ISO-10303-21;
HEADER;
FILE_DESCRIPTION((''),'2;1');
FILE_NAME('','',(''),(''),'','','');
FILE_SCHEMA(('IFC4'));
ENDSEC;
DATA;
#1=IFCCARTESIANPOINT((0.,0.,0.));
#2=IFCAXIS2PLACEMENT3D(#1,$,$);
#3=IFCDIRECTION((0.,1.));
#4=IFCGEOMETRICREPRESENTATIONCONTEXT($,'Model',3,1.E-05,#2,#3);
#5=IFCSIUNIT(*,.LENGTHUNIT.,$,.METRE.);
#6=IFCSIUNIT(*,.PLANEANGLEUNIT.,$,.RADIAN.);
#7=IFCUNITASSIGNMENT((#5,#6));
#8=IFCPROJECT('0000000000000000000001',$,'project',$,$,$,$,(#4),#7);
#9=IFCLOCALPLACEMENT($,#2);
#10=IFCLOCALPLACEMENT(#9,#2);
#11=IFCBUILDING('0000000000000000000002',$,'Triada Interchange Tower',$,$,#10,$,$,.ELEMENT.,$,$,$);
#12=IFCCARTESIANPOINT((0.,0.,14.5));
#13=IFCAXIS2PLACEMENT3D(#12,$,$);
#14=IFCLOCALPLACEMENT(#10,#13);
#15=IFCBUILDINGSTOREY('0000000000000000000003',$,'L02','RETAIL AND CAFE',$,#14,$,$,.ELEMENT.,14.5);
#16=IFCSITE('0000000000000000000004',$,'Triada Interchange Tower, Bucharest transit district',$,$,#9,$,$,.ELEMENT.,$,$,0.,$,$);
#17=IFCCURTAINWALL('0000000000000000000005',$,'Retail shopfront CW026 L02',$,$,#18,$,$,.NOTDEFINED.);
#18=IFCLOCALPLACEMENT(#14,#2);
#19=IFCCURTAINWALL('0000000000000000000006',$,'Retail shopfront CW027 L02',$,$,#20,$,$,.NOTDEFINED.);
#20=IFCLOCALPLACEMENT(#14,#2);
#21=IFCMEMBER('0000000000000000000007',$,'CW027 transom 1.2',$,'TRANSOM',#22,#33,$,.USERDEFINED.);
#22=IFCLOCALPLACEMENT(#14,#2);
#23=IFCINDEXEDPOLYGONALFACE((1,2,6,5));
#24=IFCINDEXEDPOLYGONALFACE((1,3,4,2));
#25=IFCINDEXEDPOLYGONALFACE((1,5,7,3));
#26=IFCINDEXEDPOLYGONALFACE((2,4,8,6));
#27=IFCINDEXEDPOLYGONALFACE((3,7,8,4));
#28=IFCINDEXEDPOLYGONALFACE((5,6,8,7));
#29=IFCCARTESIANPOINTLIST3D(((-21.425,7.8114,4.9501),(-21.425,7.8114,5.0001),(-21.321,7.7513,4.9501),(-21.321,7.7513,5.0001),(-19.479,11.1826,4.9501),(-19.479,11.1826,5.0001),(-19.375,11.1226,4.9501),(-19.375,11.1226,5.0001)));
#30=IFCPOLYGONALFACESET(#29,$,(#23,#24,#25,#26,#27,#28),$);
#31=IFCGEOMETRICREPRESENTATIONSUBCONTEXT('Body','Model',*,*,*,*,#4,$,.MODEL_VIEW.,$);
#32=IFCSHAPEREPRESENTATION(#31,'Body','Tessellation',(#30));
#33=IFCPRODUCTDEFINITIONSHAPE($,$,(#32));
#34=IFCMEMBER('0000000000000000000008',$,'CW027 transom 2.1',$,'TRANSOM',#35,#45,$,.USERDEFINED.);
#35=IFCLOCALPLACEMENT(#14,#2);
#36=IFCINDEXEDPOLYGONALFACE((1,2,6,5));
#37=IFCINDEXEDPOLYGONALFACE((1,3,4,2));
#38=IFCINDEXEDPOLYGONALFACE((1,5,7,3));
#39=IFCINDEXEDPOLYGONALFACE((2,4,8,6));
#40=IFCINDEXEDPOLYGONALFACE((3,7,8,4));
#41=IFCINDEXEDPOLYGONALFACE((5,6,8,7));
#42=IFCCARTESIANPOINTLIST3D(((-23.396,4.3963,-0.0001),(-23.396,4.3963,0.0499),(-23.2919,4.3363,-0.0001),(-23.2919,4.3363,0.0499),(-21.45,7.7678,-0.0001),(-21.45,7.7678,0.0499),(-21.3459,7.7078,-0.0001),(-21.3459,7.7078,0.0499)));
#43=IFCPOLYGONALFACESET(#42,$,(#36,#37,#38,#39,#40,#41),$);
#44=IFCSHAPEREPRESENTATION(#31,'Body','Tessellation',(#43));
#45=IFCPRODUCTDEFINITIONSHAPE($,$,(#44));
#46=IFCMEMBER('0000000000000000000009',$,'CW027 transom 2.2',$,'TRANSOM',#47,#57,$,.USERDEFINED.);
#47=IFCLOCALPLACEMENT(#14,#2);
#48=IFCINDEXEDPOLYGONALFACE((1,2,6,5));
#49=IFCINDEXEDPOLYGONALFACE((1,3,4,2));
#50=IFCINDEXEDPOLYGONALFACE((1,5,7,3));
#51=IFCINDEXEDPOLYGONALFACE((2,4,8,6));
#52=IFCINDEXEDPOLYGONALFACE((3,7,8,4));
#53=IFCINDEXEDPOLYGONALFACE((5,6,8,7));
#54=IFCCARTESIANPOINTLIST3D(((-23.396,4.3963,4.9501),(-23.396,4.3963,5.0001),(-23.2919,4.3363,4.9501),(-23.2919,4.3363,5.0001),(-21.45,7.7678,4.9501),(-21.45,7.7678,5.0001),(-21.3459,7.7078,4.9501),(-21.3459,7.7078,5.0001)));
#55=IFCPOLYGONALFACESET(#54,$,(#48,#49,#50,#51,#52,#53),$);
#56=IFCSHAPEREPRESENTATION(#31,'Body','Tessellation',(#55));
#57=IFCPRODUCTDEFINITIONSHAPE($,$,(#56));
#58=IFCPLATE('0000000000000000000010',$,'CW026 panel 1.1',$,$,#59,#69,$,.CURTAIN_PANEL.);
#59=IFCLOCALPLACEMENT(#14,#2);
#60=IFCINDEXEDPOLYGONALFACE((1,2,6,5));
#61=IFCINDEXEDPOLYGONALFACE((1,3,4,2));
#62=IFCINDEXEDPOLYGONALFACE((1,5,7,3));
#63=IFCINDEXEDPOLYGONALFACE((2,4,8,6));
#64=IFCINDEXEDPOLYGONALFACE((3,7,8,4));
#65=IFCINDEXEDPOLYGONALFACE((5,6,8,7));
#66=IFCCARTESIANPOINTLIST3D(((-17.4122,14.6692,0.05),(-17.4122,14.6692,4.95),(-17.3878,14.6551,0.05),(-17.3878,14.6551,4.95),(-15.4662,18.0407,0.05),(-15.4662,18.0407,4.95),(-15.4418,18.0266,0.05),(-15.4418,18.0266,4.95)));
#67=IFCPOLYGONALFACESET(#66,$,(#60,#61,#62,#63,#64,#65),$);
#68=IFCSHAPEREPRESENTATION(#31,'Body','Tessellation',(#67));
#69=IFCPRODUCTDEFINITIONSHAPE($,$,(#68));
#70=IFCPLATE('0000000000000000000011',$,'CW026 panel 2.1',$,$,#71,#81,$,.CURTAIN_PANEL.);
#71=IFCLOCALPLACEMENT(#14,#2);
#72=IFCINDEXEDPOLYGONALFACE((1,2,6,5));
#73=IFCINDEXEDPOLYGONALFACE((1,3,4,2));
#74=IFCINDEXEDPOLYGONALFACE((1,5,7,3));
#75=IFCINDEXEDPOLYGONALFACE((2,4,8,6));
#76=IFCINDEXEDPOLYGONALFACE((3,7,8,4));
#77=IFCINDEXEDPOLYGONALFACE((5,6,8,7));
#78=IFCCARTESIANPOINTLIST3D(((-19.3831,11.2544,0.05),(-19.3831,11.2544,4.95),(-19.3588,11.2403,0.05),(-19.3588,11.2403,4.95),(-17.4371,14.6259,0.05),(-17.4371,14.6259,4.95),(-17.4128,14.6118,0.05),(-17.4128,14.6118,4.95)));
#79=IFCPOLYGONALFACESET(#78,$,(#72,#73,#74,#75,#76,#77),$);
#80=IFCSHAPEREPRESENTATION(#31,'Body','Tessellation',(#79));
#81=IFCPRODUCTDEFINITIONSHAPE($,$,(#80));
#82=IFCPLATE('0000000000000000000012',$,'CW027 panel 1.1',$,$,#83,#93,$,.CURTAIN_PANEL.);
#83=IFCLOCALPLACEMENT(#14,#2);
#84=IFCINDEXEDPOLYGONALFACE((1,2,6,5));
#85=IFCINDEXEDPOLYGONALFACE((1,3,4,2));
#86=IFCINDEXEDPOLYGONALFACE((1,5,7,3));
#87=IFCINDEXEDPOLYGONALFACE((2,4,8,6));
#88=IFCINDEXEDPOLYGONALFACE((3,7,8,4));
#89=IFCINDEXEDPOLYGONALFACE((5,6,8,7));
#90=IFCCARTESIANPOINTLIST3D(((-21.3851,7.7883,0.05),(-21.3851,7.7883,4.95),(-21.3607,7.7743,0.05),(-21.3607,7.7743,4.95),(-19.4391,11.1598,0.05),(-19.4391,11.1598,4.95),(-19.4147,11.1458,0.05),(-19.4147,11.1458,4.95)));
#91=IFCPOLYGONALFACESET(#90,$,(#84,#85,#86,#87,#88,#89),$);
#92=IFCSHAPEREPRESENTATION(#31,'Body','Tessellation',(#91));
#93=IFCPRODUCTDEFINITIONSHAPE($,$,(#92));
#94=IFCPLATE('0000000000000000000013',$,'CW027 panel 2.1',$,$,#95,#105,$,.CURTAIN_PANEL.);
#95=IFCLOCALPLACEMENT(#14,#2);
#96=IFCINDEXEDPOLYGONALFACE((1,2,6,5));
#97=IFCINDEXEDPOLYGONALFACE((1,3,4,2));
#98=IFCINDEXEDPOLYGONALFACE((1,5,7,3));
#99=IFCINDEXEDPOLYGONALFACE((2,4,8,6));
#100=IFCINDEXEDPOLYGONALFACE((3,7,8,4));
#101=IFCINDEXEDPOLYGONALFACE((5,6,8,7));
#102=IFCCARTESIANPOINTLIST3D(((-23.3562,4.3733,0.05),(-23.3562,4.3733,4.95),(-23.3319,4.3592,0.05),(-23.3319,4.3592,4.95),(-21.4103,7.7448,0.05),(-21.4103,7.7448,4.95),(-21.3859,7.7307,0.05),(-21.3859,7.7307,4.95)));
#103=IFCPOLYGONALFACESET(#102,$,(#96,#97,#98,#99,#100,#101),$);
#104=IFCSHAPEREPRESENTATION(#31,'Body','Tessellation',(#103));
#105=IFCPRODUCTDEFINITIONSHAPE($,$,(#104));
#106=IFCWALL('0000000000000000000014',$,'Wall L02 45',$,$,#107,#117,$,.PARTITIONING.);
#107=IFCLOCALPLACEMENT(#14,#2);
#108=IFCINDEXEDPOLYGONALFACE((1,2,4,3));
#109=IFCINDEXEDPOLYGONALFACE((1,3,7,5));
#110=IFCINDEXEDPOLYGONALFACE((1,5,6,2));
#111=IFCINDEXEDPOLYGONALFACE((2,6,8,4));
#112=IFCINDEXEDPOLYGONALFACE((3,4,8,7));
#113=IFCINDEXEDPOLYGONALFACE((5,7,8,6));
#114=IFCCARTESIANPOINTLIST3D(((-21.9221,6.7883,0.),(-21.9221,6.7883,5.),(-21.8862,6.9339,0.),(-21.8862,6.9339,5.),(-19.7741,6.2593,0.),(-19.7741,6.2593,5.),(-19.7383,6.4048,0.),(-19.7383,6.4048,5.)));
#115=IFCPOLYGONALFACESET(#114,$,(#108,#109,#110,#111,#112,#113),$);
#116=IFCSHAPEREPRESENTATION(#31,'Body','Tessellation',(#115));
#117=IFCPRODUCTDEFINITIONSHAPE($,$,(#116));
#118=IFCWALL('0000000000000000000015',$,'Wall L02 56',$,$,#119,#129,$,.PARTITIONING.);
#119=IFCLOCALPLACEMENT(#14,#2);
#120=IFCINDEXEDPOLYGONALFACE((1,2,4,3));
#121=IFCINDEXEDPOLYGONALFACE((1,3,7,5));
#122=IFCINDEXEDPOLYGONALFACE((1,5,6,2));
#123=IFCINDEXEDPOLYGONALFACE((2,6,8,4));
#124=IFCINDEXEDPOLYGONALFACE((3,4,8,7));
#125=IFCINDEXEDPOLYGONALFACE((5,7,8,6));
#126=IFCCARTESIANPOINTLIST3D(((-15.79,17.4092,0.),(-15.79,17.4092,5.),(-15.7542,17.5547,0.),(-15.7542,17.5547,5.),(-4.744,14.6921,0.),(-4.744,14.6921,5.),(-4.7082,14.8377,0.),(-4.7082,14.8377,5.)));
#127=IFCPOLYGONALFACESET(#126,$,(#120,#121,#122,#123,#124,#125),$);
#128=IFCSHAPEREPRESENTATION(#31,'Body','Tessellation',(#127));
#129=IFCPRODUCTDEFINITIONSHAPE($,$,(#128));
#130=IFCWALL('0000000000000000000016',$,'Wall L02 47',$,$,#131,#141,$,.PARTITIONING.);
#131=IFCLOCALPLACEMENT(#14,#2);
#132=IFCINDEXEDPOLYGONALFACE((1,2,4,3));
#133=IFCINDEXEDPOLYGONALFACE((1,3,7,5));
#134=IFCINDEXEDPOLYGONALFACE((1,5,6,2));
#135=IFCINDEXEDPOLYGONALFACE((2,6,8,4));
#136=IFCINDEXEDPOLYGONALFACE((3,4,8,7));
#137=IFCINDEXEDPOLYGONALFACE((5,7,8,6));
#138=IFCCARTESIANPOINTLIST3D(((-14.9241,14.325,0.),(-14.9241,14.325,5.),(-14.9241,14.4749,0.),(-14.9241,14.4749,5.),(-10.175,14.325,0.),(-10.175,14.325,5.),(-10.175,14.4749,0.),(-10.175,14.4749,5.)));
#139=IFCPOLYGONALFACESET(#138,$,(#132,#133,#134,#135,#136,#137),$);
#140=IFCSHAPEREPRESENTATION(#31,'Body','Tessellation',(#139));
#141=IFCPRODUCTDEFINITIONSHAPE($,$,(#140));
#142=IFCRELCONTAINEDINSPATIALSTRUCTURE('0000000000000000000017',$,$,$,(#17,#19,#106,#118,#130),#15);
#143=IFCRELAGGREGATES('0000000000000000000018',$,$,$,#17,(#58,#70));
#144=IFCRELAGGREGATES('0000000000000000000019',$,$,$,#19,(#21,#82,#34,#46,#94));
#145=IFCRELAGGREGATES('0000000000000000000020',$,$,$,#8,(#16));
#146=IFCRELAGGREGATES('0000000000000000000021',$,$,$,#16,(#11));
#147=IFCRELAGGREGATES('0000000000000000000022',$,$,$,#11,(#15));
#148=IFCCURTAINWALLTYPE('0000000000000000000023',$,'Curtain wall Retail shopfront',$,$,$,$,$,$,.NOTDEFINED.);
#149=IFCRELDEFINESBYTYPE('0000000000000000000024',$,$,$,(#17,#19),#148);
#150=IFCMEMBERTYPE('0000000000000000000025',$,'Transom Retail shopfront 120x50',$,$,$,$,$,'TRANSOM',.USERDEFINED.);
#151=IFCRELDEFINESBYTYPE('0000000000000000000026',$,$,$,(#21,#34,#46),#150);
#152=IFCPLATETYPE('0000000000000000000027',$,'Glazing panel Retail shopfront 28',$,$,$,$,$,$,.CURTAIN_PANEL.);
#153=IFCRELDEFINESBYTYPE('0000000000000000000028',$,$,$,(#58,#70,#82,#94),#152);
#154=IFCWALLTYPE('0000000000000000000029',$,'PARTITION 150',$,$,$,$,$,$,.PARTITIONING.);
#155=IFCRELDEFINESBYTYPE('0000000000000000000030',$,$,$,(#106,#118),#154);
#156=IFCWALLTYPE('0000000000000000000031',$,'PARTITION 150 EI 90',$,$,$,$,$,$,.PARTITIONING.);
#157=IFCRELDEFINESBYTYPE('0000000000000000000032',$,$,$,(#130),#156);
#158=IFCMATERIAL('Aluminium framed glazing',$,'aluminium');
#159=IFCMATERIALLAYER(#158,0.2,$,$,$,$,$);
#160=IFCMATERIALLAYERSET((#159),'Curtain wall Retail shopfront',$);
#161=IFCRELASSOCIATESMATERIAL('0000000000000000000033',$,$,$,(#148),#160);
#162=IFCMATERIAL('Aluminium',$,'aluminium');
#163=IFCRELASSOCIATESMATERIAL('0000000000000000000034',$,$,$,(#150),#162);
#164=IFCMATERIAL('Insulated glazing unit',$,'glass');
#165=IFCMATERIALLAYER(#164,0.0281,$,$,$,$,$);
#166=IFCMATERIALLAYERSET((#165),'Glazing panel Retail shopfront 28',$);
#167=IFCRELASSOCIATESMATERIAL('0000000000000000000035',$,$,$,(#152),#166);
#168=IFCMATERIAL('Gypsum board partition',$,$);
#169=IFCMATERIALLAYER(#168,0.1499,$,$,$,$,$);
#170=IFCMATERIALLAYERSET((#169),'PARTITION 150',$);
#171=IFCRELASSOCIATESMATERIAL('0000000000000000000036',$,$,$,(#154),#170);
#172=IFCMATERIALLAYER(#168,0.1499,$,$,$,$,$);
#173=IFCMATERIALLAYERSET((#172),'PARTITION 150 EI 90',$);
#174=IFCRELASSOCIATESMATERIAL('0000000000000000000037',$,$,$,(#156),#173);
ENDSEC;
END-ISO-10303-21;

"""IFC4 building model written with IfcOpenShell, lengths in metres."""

from ifc_helpers import new_model, si_unit, direction, frame, frame_2d, origin, origin_2d, place, context, subcontext, project, spatial, rectangle, extrude, material, layer, layer_set, material_profile, profile_set, type_object, element, aggregate, save


model = new_model("IFC4")

# Units and contexts
model_context = context("Model", 3, precision=1e-05, world=origin(), true_north=direction((0.0, 1.0)))
body_context = subcontext(model_context, "Body", "Model", "MODEL_VIEW")
ifc_project = project(units=[si_unit("LENGTHUNIT", "METRE"), si_unit("PLANEANGLEUNIT", "RADIAN")], contexts=[model_context])

# Site, building, storey
site_placement = place(None, origin())
site = spatial("IfcSite", under=ifc_project, at=site_placement, Name="Triada Interchange Tower, Bucharest transit district", CompositionType="ELEMENT", RefElevation=0.0)
building_placement = place(site_placement, origin())
building = spatial("IfcBuilding", under=site, at=building_placement, Name="Triada Interchange Tower", CompositionType="ELEMENT")
storey_placement = place(building_placement, frame((0.0, 0.0, 14.5)))
storey = spatial("IfcBuildingStorey", under=building, at=storey_placement, Name="L02", Description="RETAIL AND CAFE", CompositionType="ELEMENT", Elevation=14.5)

# Shared definitions
ifc_material_1 = material(Name="Aluminium framed glazing", Category="aluminium")
ifc_layer_1 = layer(ifc_material_1, 0.2)
ifc_layer_set_1 = layer_set([ifc_layer_1], Name="Curtain wall Retail shopfront")
curtain_wall_type = type_object("IfcCurtainWallType", Name="Curtain wall Retail shopfront", PredefinedType="NOTDEFINED", material=ifc_layer_set_1)
ifc_material_2 = material(Name="Aluminium", Category="aluminium")

# Curtain walls
curtain_wall_1_placement = place(storey_placement, origin())
curtain_wall_1 = element("IfcCurtainWall", 1, at=curtain_wall_1_placement, inside=storey, type_object=curtain_wall_type, Name="Retail shopfront CW026 L02", PredefinedType="NOTDEFINED")
curtain_wall_2_placement = place(storey_placement, origin())
curtain_wall_2 = element("IfcCurtainWall", 2, at=curtain_wall_2_placement, inside=storey, type_object=curtain_wall_type, Name="Retail shopfront CW027 L02", PredefinedType="NOTDEFINED")

# Members
ifc_material_profile_1 = material_profile(ifc_material_2, rectangle(XDim=0.1201, YDim=0.05, at=origin_2d()), Name="Aluminium transom")
ifc_profile_set_1 = profile_set([ifc_material_profile_1], Name="Aluminium")
member_type_1 = type_object("IfcMemberType", Name="Transom Retail shopfront 120x50", ElementType="TRANSOM", PredefinedType="USERDEFINED", material=ifc_profile_set_1)
member_1_placement = place(storey_placement, frame((-19.427, 11.1526, 4.9751), z_axis=(-0.499923, -0.86607, 0.0), x_axis=(0.86607, -0.499923, 0.0)))
member_1 = element("IfcMember", 3, at=member_1_placement, type_object=member_type_1, Name="CW027 transom 1.2", ObjectType="TRANSOM", PredefinedType="USERDEFINED", context=body_context, shape_type="SweptSolid", body=[
    extrude(rectangle(XDim=0.1201, YDim=0.05, at=origin_2d()), origin(), (0.0, 0.0, 1.0), 3.8926),
])
member_2_placement = place(storey_placement, frame((-21.3979, 7.7378, 0.0249), z_axis=(-0.499896, -0.866085, 0.0), x_axis=(0.866085, -0.499896, 0.0)))
member_2 = element("IfcMember", 4, at=member_2_placement, type_object=member_type_1, Name="CW027 transom 2.1", ObjectType="TRANSOM", PredefinedType="USERDEFINED", context=body_context, shape_type="SweptSolid", body=[
    extrude(rectangle(XDim=0.1201, YDim=0.05, at=origin_2d()), origin(), (0.0, 0.0, 1.0), 3.8928),
])
member_3_placement = place(storey_placement, frame((-21.3979, 7.7378, 4.9751), z_axis=(-0.499896, -0.866085, 0.0), x_axis=(0.866085, -0.499896, 0.0)))
member_3 = element("IfcMember", 5, at=member_3_placement, type_object=member_type_1, Name="CW027 transom 2.2", ObjectType="TRANSOM", PredefinedType="USERDEFINED", context=body_context, shape_type="SweptSolid", body=[
    extrude(rectangle(XDim=0.1201, YDim=0.05, at=origin_2d()), origin(), (0.0, 0.0, 1.0), 3.8928),
])

# Plates
ifc_material_3 = material(Name="Insulated glazing unit", Category="glass")
ifc_layer_2 = layer(ifc_material_3, 0.0281)
ifc_layer_set_2 = layer_set([ifc_layer_2], Name="Glazing panel Retail shopfront 28")
plate_type = type_object("IfcPlateType", Name="Glazing panel Retail shopfront 28", PredefinedType="CURTAIN_PANEL", material=ifc_layer_set_2)
plate_1_placement = place(storey_placement, frame((-16.427, 16.3479, 0.05), z_axis=(0.0, 0.0, 1.0), x_axis=(-0.499893, -0.866087, 0.0)))
plate_1 = element("IfcPlate", 6, at=plate_1_placement, type_object=plate_type, Name="CW026 panel 1.1", PredefinedType="CURTAIN_PANEL", context=body_context, shape_type="SweptSolid", body=[
    extrude(rectangle(XDim=3.8928, YDim=0.0281, at=origin_2d()), origin(), (0.0, 0.0, 1.0), 4.8999),
])
plate_2_placement = place(storey_placement, frame((-18.3979, 12.9331, 0.05), z_axis=(0.0, 0.0, 1.0), x_axis=(-0.499893, -0.866087, 0.0)))
plate_2 = element("IfcPlate", 7, at=plate_2_placement, type_object=plate_type, Name="CW026 panel 2.1", PredefinedType="CURTAIN_PANEL", context=body_context, shape_type="SweptSolid", body=[
    extrude(rectangle(XDim=3.8928, YDim=0.0281, at=origin_2d()), origin(), (0.0, 0.0, 1.0), 4.8999),
])
aggregate(curtain_wall_1, [plate_1, plate_2])
plate_3_placement = place(storey_placement, frame((-20.3999, 9.467, 0.05), z_axis=(0.0, 0.0, 1.0), x_axis=(-0.499893, -0.866087, 0.0)))
plate_3 = element("IfcPlate", 8, at=plate_3_placement, type_object=plate_type, Name="CW027 panel 1.1", PredefinedType="CURTAIN_PANEL", context=body_context, shape_type="SweptSolid", body=[
    extrude(rectangle(XDim=3.8928, YDim=0.0281, at=origin_2d()), origin(), (0.0, 0.0, 1.0), 4.8999),
])
plate_4_placement = place(storey_placement, frame((-22.3711, 6.052, 0.05), z_axis=(0.0, 0.0, 1.0), x_axis=(-0.499893, -0.866087, 0.0)))
plate_4 = element("IfcPlate", 9, at=plate_4_placement, type_object=plate_type, Name="CW027 panel 2.1", PredefinedType="CURTAIN_PANEL", context=body_context, shape_type="SweptSolid", body=[
    extrude(rectangle(XDim=3.8928, YDim=0.0281, at=origin_2d()), origin(), (0.0, 0.0, 1.0), 4.8999),
])
aggregate(curtain_wall_2, [member_1, plate_3, member_2, member_3, plate_4])

# Walls
ifc_material_4 = material(Name="Gypsum board partition")
ifc_layer_3 = layer(ifc_material_4, 0.1499)
ifc_layer_set_3 = layer_set([ifc_layer_3], Name="PARTITION 150")
wall_type_1 = type_object("IfcWallType", Name="PARTITION 150", PredefinedType="PARTITIONING", material=ifc_layer_set_3)
wall_1_placement = place(storey_placement, frame((-21.9041, 6.8611, 0.0), z_axis=(0.0, 0.0, 1.0), x_axis=(0.970981, -0.239158, 0.0)))
element("IfcWall", 10, at=wall_1_placement, inside=storey, type_object=wall_type_1, Name="Wall L02 45", PredefinedType="PARTITIONING", context=body_context, shape_type="SweptSolid", body=[
    extrude(rectangle(XDim=2.2122, YDim=0.1499, at=frame_2d((1.106, 0.0))), origin(), (0.0, 0.0, 1.0), 5.0),
])
wall_2_placement = place(storey_placement, frame((-15.772, 17.4819, 0.0), z_axis=(0.0, 0.0, 1.0), x_axis=(0.971055, -0.238857, 0.0)))
element("IfcWall", 11, at=wall_2_placement, inside=storey, type_object=wall_type_1, Name="Wall L02 56", PredefinedType="PARTITIONING", context=body_context, shape_type="SweptSolid", body=[
    extrude(rectangle(XDim=11.3752, YDim=0.1499, at=frame_2d((5.6875, 0.0))), origin(), (0.0, 0.0, 1.0), 5.0),
])
ifc_layer_4 = layer(ifc_material_4, 0.1499)
ifc_layer_set_4 = layer_set([ifc_layer_4], Name="PARTITION 150 EI 90")
wall_type_2 = type_object("IfcWallType", Name="PARTITION 150 EI 90", PredefinedType="PARTITIONING", material=ifc_layer_set_4)
wall_3_placement = place(storey_placement, frame((-14.9241, 14.3999, 0.0), z_axis=(0.0, 0.0, 1.0), x_axis=(1.0, 0.0, 0.0)))
element("IfcWall", 12, at=wall_3_placement, inside=storey, type_object=wall_type_2, Name="Wall L02 47", PredefinedType="PARTITIONING", context=body_context, shape_type="SweptSolid", body=[
    extrude(rectangle(XDim=4.749, YDim=0.1499, at=frame_2d((2.3745, 0.0))), origin(), (0.0, 0.0, 1.0), 5.0),
])

save(model, "model.ifc")
